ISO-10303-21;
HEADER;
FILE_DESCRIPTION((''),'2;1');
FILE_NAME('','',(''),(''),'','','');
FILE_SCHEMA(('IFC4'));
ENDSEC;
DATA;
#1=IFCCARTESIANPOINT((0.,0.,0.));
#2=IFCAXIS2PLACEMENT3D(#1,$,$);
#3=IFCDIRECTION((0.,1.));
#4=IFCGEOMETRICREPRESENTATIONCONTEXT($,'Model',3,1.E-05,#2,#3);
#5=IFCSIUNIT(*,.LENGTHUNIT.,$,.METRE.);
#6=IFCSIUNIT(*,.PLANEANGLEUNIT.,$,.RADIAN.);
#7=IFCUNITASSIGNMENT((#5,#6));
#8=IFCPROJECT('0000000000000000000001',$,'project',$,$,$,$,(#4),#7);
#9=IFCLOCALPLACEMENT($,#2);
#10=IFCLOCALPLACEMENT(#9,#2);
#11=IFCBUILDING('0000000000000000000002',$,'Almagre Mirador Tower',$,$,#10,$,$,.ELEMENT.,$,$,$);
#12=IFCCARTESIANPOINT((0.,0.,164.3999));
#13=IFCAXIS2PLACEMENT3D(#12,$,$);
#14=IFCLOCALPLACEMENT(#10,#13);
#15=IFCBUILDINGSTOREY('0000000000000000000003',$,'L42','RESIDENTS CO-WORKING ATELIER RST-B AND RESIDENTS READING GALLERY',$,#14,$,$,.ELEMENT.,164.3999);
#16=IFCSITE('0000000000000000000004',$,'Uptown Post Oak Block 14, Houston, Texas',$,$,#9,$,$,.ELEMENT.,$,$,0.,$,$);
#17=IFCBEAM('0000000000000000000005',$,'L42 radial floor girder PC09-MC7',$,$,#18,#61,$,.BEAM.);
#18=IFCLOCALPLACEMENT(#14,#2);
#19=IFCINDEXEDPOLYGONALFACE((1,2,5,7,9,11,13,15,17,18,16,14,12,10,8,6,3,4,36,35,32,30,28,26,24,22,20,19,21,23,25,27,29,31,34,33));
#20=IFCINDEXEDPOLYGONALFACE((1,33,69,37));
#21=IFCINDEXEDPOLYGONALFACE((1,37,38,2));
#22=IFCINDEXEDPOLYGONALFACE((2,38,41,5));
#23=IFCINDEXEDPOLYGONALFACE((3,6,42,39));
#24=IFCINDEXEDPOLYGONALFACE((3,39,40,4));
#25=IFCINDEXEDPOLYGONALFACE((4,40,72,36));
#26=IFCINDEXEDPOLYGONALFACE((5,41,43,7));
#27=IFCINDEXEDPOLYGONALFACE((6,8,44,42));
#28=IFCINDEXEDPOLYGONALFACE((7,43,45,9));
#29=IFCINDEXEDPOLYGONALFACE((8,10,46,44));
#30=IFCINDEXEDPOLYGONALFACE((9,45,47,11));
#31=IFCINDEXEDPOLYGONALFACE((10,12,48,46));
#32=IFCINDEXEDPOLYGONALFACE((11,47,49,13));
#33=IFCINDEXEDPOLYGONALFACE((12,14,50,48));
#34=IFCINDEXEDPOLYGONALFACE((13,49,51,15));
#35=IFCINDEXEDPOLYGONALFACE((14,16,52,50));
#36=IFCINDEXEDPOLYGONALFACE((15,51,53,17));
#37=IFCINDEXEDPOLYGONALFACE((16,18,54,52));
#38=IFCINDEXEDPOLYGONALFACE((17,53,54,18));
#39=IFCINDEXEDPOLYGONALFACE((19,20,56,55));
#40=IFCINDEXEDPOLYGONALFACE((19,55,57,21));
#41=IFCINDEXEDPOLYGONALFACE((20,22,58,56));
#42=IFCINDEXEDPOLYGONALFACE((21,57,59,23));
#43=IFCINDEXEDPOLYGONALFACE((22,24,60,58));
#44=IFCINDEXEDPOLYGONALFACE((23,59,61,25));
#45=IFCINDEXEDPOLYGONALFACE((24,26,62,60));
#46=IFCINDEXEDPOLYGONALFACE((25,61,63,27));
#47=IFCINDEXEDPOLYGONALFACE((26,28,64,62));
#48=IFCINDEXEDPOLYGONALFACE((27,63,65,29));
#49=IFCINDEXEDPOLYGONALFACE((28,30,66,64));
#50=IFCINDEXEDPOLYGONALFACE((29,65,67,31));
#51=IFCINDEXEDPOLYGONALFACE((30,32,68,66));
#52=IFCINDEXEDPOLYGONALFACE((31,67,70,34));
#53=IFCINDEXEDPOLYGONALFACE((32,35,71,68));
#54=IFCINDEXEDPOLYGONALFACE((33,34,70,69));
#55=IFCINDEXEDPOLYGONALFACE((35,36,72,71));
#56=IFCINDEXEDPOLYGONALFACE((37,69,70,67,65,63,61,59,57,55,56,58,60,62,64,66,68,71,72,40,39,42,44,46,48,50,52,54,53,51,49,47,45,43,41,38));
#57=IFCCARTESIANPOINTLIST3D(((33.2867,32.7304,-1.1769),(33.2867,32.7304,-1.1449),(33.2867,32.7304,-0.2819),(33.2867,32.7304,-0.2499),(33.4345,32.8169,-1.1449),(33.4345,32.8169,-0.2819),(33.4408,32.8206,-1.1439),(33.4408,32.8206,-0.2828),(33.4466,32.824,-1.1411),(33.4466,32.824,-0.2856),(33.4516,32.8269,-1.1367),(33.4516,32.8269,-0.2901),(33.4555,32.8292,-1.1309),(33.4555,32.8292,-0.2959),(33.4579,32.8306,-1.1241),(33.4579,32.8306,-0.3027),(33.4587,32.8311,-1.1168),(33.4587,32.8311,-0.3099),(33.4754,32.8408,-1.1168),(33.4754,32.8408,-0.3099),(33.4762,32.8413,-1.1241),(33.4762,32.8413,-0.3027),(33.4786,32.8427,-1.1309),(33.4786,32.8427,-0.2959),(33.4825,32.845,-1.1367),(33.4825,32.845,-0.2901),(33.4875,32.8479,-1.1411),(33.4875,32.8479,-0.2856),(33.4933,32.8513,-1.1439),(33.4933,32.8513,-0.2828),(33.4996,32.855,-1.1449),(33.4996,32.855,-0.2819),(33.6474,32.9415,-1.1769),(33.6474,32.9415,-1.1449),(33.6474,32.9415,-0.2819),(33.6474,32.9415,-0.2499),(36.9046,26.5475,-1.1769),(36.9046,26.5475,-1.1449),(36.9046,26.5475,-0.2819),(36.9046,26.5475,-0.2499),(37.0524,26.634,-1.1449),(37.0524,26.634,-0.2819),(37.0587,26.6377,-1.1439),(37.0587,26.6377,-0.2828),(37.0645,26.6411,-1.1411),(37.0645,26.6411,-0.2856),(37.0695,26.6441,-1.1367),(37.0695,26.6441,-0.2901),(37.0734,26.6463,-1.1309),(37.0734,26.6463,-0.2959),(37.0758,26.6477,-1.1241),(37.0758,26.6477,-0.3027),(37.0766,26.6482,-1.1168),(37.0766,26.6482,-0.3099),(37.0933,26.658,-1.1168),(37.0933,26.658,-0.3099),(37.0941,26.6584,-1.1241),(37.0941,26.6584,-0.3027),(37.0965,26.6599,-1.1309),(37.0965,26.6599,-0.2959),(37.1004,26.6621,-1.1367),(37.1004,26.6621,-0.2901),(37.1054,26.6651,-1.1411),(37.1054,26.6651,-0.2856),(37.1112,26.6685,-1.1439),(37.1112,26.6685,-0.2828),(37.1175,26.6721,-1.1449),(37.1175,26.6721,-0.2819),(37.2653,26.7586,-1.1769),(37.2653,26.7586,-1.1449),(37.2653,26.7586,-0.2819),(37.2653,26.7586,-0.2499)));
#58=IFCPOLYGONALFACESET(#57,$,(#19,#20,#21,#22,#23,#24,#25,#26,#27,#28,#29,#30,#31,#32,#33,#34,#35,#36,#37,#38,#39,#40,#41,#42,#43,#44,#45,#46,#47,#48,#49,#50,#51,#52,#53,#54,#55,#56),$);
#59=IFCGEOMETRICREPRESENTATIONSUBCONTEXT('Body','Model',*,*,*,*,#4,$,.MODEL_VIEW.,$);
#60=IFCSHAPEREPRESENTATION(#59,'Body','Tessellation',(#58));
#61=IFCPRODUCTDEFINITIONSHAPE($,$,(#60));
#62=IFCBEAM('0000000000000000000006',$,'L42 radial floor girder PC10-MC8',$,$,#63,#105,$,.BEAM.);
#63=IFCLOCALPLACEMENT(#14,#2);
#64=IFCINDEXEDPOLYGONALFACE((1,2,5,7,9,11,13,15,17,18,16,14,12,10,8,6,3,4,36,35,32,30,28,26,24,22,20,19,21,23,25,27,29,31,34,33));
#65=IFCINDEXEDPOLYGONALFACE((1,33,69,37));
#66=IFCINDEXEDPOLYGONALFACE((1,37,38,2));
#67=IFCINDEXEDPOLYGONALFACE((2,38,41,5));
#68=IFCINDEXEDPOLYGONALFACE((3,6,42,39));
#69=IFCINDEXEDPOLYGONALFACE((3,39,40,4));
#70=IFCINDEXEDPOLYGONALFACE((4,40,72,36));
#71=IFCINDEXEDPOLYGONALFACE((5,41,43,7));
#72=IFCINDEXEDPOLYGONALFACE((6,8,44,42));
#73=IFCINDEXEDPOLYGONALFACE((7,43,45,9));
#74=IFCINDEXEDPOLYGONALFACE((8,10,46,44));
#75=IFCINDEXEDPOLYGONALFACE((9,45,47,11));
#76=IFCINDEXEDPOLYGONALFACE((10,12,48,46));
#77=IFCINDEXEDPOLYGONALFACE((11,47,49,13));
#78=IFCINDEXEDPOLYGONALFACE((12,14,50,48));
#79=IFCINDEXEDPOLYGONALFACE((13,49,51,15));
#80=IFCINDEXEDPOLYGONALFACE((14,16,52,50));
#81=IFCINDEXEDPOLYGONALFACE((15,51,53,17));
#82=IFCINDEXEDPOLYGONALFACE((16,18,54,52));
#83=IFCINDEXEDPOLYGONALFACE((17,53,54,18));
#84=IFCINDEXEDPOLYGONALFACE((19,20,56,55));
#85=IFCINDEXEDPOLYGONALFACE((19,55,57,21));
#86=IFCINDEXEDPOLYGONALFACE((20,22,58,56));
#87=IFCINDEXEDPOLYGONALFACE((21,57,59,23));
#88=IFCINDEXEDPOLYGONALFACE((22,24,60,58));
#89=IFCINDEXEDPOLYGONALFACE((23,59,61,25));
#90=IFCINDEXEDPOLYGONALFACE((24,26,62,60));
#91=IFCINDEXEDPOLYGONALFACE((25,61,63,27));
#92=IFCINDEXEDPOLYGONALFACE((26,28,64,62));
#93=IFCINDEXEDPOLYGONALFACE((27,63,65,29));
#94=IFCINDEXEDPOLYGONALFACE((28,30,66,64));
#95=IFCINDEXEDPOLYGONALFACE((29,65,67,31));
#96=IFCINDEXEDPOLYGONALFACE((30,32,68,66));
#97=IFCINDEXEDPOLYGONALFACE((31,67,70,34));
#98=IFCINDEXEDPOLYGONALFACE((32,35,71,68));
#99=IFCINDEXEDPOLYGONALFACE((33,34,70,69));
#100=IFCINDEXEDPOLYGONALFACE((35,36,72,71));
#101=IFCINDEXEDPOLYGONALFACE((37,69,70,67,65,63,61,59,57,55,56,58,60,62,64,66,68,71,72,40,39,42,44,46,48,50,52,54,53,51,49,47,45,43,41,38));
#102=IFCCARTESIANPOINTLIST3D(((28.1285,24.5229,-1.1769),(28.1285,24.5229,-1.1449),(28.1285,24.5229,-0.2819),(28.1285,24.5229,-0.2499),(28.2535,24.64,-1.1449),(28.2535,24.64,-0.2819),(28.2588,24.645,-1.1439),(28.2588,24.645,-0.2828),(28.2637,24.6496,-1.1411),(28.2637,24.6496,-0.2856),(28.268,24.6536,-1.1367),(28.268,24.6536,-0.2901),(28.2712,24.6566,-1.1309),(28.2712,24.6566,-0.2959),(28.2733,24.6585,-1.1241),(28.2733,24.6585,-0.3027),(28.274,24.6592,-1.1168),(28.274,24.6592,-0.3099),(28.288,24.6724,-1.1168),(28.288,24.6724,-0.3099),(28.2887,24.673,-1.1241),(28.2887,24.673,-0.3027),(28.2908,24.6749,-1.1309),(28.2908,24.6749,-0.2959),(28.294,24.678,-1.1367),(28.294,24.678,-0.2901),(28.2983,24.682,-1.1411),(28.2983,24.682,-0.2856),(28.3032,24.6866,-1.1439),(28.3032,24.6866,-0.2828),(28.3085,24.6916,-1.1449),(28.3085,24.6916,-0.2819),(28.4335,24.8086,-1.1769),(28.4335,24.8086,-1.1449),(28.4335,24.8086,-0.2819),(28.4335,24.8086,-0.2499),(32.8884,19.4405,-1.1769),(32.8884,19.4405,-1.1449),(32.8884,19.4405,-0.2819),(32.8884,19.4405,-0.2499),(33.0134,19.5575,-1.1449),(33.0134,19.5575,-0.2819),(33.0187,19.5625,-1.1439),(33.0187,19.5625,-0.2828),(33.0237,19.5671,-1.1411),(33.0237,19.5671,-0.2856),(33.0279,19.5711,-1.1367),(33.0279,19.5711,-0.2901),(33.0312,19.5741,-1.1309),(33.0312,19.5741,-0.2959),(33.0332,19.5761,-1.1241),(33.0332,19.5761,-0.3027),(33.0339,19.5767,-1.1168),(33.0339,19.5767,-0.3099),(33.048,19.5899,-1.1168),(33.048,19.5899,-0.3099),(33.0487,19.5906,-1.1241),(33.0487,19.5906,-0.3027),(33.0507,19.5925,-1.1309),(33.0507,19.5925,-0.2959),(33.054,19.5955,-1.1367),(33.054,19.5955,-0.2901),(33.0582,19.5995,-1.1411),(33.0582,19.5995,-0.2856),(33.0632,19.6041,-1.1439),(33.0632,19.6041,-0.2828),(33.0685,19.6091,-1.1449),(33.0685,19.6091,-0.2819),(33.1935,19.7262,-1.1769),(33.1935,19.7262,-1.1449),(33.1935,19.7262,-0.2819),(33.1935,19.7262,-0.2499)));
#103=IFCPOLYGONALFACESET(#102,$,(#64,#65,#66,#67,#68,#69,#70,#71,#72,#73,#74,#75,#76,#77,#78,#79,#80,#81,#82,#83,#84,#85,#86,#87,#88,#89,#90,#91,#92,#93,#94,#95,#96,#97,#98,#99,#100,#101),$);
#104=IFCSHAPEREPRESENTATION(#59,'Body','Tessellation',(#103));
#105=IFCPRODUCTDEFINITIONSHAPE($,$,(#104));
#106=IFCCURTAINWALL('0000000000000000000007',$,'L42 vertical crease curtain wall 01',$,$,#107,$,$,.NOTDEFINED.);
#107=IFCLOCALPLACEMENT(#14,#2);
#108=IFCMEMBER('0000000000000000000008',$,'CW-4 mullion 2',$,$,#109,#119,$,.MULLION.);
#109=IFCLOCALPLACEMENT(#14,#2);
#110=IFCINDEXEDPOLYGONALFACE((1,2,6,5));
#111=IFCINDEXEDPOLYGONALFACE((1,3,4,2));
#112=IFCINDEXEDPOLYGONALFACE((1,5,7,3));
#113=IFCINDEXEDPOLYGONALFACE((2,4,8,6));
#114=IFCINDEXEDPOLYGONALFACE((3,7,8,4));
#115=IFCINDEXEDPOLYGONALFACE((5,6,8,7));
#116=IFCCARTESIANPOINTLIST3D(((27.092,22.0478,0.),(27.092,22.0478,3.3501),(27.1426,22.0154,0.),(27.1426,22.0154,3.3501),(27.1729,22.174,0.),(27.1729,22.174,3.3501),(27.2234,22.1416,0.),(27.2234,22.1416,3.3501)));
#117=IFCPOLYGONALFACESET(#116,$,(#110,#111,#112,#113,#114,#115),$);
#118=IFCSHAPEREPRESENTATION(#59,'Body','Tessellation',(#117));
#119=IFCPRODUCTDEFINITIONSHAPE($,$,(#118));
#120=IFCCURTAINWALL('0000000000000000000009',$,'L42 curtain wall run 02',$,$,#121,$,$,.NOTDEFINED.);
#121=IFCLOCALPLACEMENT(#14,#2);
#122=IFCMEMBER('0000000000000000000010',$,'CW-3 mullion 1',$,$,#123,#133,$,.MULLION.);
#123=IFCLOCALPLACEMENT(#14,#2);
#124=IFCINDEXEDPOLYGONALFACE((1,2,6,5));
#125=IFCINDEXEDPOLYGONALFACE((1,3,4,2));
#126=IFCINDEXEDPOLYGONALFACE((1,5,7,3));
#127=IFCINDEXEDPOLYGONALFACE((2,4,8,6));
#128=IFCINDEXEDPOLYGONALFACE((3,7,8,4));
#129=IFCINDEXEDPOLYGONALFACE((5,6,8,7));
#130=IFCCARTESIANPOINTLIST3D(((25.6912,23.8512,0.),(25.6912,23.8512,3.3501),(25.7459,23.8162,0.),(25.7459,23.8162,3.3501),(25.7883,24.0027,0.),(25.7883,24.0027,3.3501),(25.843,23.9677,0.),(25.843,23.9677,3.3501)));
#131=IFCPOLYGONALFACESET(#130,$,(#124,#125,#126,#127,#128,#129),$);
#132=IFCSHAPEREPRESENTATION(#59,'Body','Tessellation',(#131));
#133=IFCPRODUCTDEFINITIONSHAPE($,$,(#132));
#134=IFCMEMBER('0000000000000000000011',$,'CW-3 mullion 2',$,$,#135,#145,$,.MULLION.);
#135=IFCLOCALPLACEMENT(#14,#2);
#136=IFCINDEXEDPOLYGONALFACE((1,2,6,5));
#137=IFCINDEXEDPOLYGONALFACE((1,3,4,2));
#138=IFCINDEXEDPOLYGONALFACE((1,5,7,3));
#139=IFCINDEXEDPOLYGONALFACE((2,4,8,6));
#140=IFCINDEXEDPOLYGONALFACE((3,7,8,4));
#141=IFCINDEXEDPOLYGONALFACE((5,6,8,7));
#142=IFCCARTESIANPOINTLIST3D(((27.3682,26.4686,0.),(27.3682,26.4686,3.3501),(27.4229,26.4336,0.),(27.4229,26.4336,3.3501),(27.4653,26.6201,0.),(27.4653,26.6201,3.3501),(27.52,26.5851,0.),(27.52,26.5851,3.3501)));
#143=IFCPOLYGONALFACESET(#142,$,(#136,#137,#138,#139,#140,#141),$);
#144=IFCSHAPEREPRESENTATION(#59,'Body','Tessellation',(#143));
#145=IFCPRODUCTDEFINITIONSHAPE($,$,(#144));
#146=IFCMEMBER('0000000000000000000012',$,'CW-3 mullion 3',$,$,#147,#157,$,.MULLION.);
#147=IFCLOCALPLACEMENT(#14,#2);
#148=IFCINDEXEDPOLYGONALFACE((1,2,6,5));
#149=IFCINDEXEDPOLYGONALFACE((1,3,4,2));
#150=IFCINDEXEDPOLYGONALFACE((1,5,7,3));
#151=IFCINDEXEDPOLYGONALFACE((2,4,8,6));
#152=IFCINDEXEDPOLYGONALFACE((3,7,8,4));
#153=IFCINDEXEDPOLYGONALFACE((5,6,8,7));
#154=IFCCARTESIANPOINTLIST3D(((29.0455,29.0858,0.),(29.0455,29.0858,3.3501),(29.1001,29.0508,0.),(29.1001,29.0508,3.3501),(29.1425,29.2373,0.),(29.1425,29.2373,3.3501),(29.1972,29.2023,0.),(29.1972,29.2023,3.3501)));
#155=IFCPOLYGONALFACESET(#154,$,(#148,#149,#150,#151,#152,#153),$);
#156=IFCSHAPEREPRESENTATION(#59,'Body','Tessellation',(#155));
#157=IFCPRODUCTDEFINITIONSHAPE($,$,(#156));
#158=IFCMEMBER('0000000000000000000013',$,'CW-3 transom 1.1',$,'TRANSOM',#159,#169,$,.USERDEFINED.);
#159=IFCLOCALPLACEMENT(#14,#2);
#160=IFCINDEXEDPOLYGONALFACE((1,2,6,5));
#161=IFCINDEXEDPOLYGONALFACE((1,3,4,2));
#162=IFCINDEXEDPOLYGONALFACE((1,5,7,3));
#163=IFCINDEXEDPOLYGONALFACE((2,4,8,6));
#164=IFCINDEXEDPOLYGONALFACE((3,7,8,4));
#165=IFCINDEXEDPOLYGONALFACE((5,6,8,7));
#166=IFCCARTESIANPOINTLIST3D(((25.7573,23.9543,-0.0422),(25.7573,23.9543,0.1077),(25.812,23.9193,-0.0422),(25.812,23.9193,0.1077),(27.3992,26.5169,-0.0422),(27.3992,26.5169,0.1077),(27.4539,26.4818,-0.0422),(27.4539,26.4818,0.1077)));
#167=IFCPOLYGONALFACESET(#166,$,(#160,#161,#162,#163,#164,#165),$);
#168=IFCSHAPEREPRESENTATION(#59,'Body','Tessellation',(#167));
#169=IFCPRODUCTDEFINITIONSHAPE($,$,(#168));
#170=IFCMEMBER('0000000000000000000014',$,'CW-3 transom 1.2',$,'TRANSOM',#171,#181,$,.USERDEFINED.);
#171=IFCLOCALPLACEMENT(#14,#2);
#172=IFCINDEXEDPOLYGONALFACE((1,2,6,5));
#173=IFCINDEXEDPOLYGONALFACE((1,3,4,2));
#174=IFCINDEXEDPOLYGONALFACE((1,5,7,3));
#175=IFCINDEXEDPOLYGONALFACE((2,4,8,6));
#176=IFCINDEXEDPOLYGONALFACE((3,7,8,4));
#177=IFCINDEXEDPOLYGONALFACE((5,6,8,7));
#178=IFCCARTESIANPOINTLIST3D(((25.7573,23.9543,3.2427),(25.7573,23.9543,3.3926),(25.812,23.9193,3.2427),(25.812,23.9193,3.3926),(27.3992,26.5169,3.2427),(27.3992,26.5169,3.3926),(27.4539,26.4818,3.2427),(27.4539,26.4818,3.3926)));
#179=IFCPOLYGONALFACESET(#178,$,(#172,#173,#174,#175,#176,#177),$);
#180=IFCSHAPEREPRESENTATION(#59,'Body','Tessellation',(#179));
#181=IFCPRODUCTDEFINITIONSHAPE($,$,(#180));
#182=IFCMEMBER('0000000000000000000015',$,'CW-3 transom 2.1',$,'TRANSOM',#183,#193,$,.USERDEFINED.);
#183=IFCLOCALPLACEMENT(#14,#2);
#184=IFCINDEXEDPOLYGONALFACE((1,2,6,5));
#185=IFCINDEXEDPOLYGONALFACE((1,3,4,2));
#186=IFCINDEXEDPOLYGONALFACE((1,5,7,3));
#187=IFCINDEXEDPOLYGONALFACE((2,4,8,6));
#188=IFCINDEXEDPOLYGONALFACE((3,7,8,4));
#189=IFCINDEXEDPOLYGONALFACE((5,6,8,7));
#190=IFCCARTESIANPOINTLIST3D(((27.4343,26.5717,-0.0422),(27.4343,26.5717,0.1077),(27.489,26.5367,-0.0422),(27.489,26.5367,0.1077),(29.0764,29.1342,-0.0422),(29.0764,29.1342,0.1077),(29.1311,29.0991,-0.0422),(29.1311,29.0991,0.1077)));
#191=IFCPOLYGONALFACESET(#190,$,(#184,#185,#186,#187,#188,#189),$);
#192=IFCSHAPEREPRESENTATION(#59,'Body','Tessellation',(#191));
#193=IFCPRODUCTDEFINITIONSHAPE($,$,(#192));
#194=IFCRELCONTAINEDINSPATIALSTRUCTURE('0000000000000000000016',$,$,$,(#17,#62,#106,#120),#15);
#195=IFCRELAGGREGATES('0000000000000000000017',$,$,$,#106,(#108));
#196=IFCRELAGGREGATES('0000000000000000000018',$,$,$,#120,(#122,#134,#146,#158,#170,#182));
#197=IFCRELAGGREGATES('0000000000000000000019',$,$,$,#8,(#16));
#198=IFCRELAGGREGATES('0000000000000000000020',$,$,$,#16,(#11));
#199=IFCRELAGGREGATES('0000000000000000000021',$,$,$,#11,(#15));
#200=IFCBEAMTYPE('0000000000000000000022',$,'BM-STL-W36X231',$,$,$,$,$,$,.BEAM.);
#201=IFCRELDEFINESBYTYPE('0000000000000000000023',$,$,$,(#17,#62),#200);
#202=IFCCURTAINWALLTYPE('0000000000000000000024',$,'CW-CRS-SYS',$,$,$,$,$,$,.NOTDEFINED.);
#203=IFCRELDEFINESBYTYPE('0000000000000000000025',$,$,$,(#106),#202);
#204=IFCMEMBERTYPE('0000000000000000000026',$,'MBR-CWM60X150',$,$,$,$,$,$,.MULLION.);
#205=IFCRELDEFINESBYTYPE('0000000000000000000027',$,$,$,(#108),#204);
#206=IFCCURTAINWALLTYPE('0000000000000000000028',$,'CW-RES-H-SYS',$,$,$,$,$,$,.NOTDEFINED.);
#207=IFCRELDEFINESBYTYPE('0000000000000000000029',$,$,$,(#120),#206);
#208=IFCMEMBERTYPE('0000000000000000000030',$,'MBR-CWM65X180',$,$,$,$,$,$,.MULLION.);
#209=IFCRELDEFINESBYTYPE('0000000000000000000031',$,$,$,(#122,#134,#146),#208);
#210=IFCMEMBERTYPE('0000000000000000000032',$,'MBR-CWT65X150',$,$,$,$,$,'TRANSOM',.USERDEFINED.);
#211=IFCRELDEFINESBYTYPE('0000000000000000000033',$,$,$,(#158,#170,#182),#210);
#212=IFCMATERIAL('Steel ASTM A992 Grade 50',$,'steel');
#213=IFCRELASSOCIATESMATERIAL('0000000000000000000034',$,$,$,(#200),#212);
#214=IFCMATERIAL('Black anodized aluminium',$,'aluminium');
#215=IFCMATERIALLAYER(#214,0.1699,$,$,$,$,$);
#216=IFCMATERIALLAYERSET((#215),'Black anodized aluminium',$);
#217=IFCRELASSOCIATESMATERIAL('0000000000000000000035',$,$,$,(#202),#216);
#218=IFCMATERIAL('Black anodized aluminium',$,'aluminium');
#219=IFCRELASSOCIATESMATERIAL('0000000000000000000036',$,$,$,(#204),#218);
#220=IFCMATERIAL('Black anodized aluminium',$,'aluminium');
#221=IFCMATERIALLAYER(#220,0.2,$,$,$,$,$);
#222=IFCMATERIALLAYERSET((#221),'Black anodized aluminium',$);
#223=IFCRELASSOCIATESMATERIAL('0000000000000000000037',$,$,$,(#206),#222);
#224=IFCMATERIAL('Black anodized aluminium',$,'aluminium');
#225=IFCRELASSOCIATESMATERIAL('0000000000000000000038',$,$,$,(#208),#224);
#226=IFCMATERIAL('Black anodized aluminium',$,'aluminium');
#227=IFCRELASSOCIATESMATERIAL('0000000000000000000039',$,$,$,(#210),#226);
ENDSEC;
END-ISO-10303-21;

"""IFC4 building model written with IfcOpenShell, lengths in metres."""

from ifc_helpers import new_model, si_unit, direction, frame, origin, origin_2d, place, context, subcontext, project, spatial, rectangle, i_section, extrude, material, layer, layer_set, material_profile, profile_set, type_object, element, aggregate, save


model = new_model("IFC4")

# Units and contexts
model_context = context("Model", 3, precision=1e-05, world=origin(), true_north=direction((0.0, 1.0)))
body_context = subcontext(model_context, "Body", "Model", "MODEL_VIEW")
ifc_project = project(units=[si_unit("LENGTHUNIT", "METRE"), si_unit("PLANEANGLEUNIT", "RADIAN")], contexts=[model_context])

# Site, building, storey
site_placement = place(None, origin())
site = spatial("IfcSite", under=ifc_project, at=site_placement, Name="Uptown Post Oak Block 14, Houston, Texas", CompositionType="ELEMENT", RefElevation=0.0)
building_placement = place(site_placement, origin())
building = spatial("IfcBuilding", under=site, at=building_placement, Name="Almagre Mirador Tower", CompositionType="ELEMENT")
storey_placement = place(building_placement, frame((0.0, 0.0, 164.3999)))
storey = spatial("IfcBuildingStorey", under=building, at=storey_placement, Name="L42", Description="RESIDENTS CO-WORKING ATELIER RST-B AND RESIDENTS READING GALLERY", CompositionType="ELEMENT", Elevation=164.3999)

# Beams
ifc_material_1 = material(Name="Steel ASTM A992 Grade 50", Category="steel")
ifc_material_profile_1 = material_profile(ifc_material_1, i_section(OverallWidth=0.418, OverallDepth=0.927, WebThickness=0.0193, FlangeThickness=0.032, FilletRadius=0.0281, at=origin_2d()), Name="W36X231")
ifc_profile_set_1 = profile_set([ifc_material_profile_1], Name="Steel ASTM A992 Grade 50")
beam_type_1 = type_object("IfcBeamType", Name="BM-STL-W36X231", PredefinedType="BEAM", material=ifc_profile_set_1)
beam_1_placement = place(storey_placement, frame((33.467, 32.8359, -0.7134), z_axis=(0.505042, -0.863095, 0.0), x_axis=(0.863095, 0.505042, 0.0)))
element("IfcBeam", 1, at=beam_1_placement, inside=storey, type_object=beam_type_1, Name="L42 radial floor girder PC09-MC7", PredefinedType="BEAM", context=body_context, shape_type="SweptSolid", body=[
    extrude(i_section(OverallWidth=0.418, OverallDepth=0.927, WebThickness=0.0193, FlangeThickness=0.032, FilletRadius=0.0281, at=origin_2d()), origin(), (0.0, 0.0, 1.0), 7.1636),
])
beam_2_placement = place(storey_placement, frame((28.281, 24.6658, -0.7134), z_axis=(0.68357, -0.729885, 0.0), x_axis=(0.729885, 0.68357, 0.0)))
element("IfcBeam", 2, at=beam_2_placement, inside=storey, type_object=beam_type_1, Name="L42 radial floor girder PC10-MC8", PredefinedType="BEAM", context=body_context, shape_type="SweptSolid", body=[
    extrude(i_section(OverallWidth=0.418, OverallDepth=0.927, WebThickness=0.0193, FlangeThickness=0.032, FilletRadius=0.0281, at=origin_2d()), origin(), (0.0, 0.0, 1.0), 6.9634),
])

# Curtain wall, member
ifc_material_2 = material(Name="Black anodized aluminium", Category="aluminium")
ifc_layer_1 = layer(ifc_material_2, 0.1699)
ifc_layer_set_1 = layer_set([ifc_layer_1], Name="Black anodized aluminium")
curtain_wall_type_1 = type_object("IfcCurtainWallType", Name="CW-CRS-SYS", PredefinedType="NOTDEFINED", material=ifc_layer_set_1)
curtain_wall_1_placement = place(storey_placement, origin())
curtain_wall_1 = element("IfcCurtainWall", 3, at=curtain_wall_1_placement, inside=storey, type_object=curtain_wall_type_1, Name="L42 vertical crease curtain wall 01", PredefinedType="NOTDEFINED")
ifc_material_3 = material(Name="Black anodized aluminium", Category="aluminium")
ifc_material_profile_2 = material_profile(ifc_material_3, rectangle(XDim=0.0601, YDim=0.1499, at=origin_2d()), Name="CWM60X150")
ifc_profile_set_2 = profile_set([ifc_material_profile_2], Name="Black anodized aluminium")
member_type_1 = type_object("IfcMemberType", Name="MBR-CWM60X150", PredefinedType="MULLION", material=ifc_profile_set_2)
member_1_placement = place(storey_placement, frame((27.1577, 22.0947, 0.0), z_axis=(0.0, 0.0, 1.0), x_axis=(-0.841924, 0.539597, 0.0)))
member_1 = element("IfcMember", 4, at=member_1_placement, type_object=member_type_1, Name="CW-4 mullion 2", PredefinedType="MULLION", context=body_context, shape_type="SweptSolid", body=[
    extrude(rectangle(XDim=0.0601, YDim=0.1499, at=origin_2d()), origin(), (0.0, 0.0, 1.0), 3.3501),
])
aggregate(curtain_wall_1, [member_1])

# Curtain wall, members
ifc_material_4 = material(Name="Black anodized aluminium", Category="aluminium")
ifc_layer_2 = layer(ifc_material_4, 0.2)
ifc_layer_set_2 = layer_set([ifc_layer_2], Name="Black anodized aluminium")
curtain_wall_type_2 = type_object("IfcCurtainWallType", Name="CW-RES-H-SYS", PredefinedType="NOTDEFINED", material=ifc_layer_set_2)
curtain_wall_2_placement = place(storey_placement, origin())
curtain_wall_2 = element("IfcCurtainWall", 5, at=curtain_wall_2_placement, inside=storey, type_object=curtain_wall_type_2, Name="L42 curtain wall run 02", PredefinedType="NOTDEFINED")
ifc_material_5 = material(Name="Black anodized aluminium", Category="aluminium")
ifc_material_profile_3 = material_profile(ifc_material_5, rectangle(XDim=0.0649, YDim=0.1799, at=origin_2d()), Name="CWM65X180")
ifc_profile_set_3 = profile_set([ifc_material_profile_3], Name="Black anodized aluminium")
member_type_2 = type_object("IfcMemberType", Name="MBR-CWM65X180", PredefinedType="MULLION", material=ifc_profile_set_3)
member_2_placement = place(storey_placement, frame((25.7671, 23.9094, 0.0), z_axis=(0.0, 0.0, 1.0), x_axis=(-0.841971, 0.539522, 0.0)))
member_2 = element("IfcMember", 6, at=member_2_placement, type_object=member_type_2, Name="CW-3 mullion 1", PredefinedType="MULLION", context=body_context, shape_type="SweptSolid", body=[
    extrude(rectangle(XDim=0.0649, YDim=0.1799, at=origin_2d()), origin(), (0.0, 0.0, 1.0), 3.3501),
])
member_3_placement = place(storey_placement, frame((27.4441, 26.5269, 0.0), z_axis=(0.0, 0.0, 1.0), x_axis=(-0.841971, 0.539522, 0.0)))
member_3 = element("IfcMember", 7, at=member_3_placement, type_object=member_type_2, Name="CW-3 mullion 2", PredefinedType="MULLION", context=body_context, shape_type="SweptSolid", body=[
    extrude(rectangle(XDim=0.0649, YDim=0.1799, at=origin_2d()), origin(), (0.0, 0.0, 1.0), 3.3501),
])
member_4_placement = place(storey_placement, frame((29.1213, 29.144, 0.0), z_axis=(0.0, 0.0, 1.0), x_axis=(-0.841971, 0.539522, 0.0)))
member_4 = element("IfcMember", 8, at=member_4_placement, type_object=member_type_2, Name="CW-3 mullion 3", PredefinedType="MULLION", context=body_context, shape_type="SweptSolid", body=[
    extrude(rectangle(XDim=0.0649, YDim=0.1799, at=origin_2d()), origin(), (0.0, 0.0, 1.0), 3.3501),
])
ifc_material_6 = material(Name="Black anodized aluminium", Category="aluminium")
ifc_material_profile_4 = material_profile(ifc_material_6, rectangle(XDim=0.0649, YDim=0.1499, at=origin_2d()), Name="CWT65X150")
ifc_profile_set_4 = profile_set([ifc_material_profile_4], Name="Black anodized aluminium")
member_type_3 = type_object("IfcMemberType", Name="MBR-CWT65X150", ElementType="TRANSOM", PredefinedType="USERDEFINED", material=ifc_profile_set_4)
member_5_placement = place(storey_placement, frame((25.7847, 23.9368, 0.0327), z_axis=(0.539484, 0.841996, 0.0), x_axis=(-0.841996, 0.539484, 0.0)))
member_5 = element("IfcMember", 9, at=member_5_placement, type_object=member_type_3, Name="CW-3 transom 1.1", ObjectType="TRANSOM", PredefinedType="USERDEFINED", context=body_context, shape_type="SweptSolid", body=[
    extrude(rectangle(XDim=0.0649, YDim=0.1499, at=origin_2d()), origin(), (0.0, 0.0, 1.0), 3.0435),
])
member_6_placement = place(storey_placement, frame((25.7847, 23.9368, 3.3176), z_axis=(0.539484, 0.841996, 0.0), x_axis=(-0.841996, 0.539484, 0.0)))
member_6 = element("IfcMember", 10, at=member_6_placement, type_object=member_type_3, Name="CW-3 transom 1.2", ObjectType="TRANSOM", PredefinedType="USERDEFINED", context=body_context, shape_type="SweptSolid", body=[
    extrude(rectangle(XDim=0.0649, YDim=0.1499, at=origin_2d()), origin(), (0.0, 0.0, 1.0), 3.0435),
])
member_7_placement = place(storey_placement, frame((27.4617, 26.5542, 0.0327), z_axis=(0.539541, 0.841959, 0.0), x_axis=(-0.841959, 0.539541, 0.0)))
member_7 = element("IfcMember", 11, at=member_7_placement, type_object=member_type_3, Name="CW-3 transom 2.1", ObjectType="TRANSOM", PredefinedType="USERDEFINED", context=body_context, shape_type="SweptSolid", body=[
    extrude(rectangle(XDim=0.0649, YDim=0.1499, at=origin_2d()), origin(), (0.0, 0.0, 1.0), 3.0435),
])
aggregate(curtain_wall_2, [member_2, member_3, member_4, member_5, member_6, member_7])

save(model, "model.ifc")
